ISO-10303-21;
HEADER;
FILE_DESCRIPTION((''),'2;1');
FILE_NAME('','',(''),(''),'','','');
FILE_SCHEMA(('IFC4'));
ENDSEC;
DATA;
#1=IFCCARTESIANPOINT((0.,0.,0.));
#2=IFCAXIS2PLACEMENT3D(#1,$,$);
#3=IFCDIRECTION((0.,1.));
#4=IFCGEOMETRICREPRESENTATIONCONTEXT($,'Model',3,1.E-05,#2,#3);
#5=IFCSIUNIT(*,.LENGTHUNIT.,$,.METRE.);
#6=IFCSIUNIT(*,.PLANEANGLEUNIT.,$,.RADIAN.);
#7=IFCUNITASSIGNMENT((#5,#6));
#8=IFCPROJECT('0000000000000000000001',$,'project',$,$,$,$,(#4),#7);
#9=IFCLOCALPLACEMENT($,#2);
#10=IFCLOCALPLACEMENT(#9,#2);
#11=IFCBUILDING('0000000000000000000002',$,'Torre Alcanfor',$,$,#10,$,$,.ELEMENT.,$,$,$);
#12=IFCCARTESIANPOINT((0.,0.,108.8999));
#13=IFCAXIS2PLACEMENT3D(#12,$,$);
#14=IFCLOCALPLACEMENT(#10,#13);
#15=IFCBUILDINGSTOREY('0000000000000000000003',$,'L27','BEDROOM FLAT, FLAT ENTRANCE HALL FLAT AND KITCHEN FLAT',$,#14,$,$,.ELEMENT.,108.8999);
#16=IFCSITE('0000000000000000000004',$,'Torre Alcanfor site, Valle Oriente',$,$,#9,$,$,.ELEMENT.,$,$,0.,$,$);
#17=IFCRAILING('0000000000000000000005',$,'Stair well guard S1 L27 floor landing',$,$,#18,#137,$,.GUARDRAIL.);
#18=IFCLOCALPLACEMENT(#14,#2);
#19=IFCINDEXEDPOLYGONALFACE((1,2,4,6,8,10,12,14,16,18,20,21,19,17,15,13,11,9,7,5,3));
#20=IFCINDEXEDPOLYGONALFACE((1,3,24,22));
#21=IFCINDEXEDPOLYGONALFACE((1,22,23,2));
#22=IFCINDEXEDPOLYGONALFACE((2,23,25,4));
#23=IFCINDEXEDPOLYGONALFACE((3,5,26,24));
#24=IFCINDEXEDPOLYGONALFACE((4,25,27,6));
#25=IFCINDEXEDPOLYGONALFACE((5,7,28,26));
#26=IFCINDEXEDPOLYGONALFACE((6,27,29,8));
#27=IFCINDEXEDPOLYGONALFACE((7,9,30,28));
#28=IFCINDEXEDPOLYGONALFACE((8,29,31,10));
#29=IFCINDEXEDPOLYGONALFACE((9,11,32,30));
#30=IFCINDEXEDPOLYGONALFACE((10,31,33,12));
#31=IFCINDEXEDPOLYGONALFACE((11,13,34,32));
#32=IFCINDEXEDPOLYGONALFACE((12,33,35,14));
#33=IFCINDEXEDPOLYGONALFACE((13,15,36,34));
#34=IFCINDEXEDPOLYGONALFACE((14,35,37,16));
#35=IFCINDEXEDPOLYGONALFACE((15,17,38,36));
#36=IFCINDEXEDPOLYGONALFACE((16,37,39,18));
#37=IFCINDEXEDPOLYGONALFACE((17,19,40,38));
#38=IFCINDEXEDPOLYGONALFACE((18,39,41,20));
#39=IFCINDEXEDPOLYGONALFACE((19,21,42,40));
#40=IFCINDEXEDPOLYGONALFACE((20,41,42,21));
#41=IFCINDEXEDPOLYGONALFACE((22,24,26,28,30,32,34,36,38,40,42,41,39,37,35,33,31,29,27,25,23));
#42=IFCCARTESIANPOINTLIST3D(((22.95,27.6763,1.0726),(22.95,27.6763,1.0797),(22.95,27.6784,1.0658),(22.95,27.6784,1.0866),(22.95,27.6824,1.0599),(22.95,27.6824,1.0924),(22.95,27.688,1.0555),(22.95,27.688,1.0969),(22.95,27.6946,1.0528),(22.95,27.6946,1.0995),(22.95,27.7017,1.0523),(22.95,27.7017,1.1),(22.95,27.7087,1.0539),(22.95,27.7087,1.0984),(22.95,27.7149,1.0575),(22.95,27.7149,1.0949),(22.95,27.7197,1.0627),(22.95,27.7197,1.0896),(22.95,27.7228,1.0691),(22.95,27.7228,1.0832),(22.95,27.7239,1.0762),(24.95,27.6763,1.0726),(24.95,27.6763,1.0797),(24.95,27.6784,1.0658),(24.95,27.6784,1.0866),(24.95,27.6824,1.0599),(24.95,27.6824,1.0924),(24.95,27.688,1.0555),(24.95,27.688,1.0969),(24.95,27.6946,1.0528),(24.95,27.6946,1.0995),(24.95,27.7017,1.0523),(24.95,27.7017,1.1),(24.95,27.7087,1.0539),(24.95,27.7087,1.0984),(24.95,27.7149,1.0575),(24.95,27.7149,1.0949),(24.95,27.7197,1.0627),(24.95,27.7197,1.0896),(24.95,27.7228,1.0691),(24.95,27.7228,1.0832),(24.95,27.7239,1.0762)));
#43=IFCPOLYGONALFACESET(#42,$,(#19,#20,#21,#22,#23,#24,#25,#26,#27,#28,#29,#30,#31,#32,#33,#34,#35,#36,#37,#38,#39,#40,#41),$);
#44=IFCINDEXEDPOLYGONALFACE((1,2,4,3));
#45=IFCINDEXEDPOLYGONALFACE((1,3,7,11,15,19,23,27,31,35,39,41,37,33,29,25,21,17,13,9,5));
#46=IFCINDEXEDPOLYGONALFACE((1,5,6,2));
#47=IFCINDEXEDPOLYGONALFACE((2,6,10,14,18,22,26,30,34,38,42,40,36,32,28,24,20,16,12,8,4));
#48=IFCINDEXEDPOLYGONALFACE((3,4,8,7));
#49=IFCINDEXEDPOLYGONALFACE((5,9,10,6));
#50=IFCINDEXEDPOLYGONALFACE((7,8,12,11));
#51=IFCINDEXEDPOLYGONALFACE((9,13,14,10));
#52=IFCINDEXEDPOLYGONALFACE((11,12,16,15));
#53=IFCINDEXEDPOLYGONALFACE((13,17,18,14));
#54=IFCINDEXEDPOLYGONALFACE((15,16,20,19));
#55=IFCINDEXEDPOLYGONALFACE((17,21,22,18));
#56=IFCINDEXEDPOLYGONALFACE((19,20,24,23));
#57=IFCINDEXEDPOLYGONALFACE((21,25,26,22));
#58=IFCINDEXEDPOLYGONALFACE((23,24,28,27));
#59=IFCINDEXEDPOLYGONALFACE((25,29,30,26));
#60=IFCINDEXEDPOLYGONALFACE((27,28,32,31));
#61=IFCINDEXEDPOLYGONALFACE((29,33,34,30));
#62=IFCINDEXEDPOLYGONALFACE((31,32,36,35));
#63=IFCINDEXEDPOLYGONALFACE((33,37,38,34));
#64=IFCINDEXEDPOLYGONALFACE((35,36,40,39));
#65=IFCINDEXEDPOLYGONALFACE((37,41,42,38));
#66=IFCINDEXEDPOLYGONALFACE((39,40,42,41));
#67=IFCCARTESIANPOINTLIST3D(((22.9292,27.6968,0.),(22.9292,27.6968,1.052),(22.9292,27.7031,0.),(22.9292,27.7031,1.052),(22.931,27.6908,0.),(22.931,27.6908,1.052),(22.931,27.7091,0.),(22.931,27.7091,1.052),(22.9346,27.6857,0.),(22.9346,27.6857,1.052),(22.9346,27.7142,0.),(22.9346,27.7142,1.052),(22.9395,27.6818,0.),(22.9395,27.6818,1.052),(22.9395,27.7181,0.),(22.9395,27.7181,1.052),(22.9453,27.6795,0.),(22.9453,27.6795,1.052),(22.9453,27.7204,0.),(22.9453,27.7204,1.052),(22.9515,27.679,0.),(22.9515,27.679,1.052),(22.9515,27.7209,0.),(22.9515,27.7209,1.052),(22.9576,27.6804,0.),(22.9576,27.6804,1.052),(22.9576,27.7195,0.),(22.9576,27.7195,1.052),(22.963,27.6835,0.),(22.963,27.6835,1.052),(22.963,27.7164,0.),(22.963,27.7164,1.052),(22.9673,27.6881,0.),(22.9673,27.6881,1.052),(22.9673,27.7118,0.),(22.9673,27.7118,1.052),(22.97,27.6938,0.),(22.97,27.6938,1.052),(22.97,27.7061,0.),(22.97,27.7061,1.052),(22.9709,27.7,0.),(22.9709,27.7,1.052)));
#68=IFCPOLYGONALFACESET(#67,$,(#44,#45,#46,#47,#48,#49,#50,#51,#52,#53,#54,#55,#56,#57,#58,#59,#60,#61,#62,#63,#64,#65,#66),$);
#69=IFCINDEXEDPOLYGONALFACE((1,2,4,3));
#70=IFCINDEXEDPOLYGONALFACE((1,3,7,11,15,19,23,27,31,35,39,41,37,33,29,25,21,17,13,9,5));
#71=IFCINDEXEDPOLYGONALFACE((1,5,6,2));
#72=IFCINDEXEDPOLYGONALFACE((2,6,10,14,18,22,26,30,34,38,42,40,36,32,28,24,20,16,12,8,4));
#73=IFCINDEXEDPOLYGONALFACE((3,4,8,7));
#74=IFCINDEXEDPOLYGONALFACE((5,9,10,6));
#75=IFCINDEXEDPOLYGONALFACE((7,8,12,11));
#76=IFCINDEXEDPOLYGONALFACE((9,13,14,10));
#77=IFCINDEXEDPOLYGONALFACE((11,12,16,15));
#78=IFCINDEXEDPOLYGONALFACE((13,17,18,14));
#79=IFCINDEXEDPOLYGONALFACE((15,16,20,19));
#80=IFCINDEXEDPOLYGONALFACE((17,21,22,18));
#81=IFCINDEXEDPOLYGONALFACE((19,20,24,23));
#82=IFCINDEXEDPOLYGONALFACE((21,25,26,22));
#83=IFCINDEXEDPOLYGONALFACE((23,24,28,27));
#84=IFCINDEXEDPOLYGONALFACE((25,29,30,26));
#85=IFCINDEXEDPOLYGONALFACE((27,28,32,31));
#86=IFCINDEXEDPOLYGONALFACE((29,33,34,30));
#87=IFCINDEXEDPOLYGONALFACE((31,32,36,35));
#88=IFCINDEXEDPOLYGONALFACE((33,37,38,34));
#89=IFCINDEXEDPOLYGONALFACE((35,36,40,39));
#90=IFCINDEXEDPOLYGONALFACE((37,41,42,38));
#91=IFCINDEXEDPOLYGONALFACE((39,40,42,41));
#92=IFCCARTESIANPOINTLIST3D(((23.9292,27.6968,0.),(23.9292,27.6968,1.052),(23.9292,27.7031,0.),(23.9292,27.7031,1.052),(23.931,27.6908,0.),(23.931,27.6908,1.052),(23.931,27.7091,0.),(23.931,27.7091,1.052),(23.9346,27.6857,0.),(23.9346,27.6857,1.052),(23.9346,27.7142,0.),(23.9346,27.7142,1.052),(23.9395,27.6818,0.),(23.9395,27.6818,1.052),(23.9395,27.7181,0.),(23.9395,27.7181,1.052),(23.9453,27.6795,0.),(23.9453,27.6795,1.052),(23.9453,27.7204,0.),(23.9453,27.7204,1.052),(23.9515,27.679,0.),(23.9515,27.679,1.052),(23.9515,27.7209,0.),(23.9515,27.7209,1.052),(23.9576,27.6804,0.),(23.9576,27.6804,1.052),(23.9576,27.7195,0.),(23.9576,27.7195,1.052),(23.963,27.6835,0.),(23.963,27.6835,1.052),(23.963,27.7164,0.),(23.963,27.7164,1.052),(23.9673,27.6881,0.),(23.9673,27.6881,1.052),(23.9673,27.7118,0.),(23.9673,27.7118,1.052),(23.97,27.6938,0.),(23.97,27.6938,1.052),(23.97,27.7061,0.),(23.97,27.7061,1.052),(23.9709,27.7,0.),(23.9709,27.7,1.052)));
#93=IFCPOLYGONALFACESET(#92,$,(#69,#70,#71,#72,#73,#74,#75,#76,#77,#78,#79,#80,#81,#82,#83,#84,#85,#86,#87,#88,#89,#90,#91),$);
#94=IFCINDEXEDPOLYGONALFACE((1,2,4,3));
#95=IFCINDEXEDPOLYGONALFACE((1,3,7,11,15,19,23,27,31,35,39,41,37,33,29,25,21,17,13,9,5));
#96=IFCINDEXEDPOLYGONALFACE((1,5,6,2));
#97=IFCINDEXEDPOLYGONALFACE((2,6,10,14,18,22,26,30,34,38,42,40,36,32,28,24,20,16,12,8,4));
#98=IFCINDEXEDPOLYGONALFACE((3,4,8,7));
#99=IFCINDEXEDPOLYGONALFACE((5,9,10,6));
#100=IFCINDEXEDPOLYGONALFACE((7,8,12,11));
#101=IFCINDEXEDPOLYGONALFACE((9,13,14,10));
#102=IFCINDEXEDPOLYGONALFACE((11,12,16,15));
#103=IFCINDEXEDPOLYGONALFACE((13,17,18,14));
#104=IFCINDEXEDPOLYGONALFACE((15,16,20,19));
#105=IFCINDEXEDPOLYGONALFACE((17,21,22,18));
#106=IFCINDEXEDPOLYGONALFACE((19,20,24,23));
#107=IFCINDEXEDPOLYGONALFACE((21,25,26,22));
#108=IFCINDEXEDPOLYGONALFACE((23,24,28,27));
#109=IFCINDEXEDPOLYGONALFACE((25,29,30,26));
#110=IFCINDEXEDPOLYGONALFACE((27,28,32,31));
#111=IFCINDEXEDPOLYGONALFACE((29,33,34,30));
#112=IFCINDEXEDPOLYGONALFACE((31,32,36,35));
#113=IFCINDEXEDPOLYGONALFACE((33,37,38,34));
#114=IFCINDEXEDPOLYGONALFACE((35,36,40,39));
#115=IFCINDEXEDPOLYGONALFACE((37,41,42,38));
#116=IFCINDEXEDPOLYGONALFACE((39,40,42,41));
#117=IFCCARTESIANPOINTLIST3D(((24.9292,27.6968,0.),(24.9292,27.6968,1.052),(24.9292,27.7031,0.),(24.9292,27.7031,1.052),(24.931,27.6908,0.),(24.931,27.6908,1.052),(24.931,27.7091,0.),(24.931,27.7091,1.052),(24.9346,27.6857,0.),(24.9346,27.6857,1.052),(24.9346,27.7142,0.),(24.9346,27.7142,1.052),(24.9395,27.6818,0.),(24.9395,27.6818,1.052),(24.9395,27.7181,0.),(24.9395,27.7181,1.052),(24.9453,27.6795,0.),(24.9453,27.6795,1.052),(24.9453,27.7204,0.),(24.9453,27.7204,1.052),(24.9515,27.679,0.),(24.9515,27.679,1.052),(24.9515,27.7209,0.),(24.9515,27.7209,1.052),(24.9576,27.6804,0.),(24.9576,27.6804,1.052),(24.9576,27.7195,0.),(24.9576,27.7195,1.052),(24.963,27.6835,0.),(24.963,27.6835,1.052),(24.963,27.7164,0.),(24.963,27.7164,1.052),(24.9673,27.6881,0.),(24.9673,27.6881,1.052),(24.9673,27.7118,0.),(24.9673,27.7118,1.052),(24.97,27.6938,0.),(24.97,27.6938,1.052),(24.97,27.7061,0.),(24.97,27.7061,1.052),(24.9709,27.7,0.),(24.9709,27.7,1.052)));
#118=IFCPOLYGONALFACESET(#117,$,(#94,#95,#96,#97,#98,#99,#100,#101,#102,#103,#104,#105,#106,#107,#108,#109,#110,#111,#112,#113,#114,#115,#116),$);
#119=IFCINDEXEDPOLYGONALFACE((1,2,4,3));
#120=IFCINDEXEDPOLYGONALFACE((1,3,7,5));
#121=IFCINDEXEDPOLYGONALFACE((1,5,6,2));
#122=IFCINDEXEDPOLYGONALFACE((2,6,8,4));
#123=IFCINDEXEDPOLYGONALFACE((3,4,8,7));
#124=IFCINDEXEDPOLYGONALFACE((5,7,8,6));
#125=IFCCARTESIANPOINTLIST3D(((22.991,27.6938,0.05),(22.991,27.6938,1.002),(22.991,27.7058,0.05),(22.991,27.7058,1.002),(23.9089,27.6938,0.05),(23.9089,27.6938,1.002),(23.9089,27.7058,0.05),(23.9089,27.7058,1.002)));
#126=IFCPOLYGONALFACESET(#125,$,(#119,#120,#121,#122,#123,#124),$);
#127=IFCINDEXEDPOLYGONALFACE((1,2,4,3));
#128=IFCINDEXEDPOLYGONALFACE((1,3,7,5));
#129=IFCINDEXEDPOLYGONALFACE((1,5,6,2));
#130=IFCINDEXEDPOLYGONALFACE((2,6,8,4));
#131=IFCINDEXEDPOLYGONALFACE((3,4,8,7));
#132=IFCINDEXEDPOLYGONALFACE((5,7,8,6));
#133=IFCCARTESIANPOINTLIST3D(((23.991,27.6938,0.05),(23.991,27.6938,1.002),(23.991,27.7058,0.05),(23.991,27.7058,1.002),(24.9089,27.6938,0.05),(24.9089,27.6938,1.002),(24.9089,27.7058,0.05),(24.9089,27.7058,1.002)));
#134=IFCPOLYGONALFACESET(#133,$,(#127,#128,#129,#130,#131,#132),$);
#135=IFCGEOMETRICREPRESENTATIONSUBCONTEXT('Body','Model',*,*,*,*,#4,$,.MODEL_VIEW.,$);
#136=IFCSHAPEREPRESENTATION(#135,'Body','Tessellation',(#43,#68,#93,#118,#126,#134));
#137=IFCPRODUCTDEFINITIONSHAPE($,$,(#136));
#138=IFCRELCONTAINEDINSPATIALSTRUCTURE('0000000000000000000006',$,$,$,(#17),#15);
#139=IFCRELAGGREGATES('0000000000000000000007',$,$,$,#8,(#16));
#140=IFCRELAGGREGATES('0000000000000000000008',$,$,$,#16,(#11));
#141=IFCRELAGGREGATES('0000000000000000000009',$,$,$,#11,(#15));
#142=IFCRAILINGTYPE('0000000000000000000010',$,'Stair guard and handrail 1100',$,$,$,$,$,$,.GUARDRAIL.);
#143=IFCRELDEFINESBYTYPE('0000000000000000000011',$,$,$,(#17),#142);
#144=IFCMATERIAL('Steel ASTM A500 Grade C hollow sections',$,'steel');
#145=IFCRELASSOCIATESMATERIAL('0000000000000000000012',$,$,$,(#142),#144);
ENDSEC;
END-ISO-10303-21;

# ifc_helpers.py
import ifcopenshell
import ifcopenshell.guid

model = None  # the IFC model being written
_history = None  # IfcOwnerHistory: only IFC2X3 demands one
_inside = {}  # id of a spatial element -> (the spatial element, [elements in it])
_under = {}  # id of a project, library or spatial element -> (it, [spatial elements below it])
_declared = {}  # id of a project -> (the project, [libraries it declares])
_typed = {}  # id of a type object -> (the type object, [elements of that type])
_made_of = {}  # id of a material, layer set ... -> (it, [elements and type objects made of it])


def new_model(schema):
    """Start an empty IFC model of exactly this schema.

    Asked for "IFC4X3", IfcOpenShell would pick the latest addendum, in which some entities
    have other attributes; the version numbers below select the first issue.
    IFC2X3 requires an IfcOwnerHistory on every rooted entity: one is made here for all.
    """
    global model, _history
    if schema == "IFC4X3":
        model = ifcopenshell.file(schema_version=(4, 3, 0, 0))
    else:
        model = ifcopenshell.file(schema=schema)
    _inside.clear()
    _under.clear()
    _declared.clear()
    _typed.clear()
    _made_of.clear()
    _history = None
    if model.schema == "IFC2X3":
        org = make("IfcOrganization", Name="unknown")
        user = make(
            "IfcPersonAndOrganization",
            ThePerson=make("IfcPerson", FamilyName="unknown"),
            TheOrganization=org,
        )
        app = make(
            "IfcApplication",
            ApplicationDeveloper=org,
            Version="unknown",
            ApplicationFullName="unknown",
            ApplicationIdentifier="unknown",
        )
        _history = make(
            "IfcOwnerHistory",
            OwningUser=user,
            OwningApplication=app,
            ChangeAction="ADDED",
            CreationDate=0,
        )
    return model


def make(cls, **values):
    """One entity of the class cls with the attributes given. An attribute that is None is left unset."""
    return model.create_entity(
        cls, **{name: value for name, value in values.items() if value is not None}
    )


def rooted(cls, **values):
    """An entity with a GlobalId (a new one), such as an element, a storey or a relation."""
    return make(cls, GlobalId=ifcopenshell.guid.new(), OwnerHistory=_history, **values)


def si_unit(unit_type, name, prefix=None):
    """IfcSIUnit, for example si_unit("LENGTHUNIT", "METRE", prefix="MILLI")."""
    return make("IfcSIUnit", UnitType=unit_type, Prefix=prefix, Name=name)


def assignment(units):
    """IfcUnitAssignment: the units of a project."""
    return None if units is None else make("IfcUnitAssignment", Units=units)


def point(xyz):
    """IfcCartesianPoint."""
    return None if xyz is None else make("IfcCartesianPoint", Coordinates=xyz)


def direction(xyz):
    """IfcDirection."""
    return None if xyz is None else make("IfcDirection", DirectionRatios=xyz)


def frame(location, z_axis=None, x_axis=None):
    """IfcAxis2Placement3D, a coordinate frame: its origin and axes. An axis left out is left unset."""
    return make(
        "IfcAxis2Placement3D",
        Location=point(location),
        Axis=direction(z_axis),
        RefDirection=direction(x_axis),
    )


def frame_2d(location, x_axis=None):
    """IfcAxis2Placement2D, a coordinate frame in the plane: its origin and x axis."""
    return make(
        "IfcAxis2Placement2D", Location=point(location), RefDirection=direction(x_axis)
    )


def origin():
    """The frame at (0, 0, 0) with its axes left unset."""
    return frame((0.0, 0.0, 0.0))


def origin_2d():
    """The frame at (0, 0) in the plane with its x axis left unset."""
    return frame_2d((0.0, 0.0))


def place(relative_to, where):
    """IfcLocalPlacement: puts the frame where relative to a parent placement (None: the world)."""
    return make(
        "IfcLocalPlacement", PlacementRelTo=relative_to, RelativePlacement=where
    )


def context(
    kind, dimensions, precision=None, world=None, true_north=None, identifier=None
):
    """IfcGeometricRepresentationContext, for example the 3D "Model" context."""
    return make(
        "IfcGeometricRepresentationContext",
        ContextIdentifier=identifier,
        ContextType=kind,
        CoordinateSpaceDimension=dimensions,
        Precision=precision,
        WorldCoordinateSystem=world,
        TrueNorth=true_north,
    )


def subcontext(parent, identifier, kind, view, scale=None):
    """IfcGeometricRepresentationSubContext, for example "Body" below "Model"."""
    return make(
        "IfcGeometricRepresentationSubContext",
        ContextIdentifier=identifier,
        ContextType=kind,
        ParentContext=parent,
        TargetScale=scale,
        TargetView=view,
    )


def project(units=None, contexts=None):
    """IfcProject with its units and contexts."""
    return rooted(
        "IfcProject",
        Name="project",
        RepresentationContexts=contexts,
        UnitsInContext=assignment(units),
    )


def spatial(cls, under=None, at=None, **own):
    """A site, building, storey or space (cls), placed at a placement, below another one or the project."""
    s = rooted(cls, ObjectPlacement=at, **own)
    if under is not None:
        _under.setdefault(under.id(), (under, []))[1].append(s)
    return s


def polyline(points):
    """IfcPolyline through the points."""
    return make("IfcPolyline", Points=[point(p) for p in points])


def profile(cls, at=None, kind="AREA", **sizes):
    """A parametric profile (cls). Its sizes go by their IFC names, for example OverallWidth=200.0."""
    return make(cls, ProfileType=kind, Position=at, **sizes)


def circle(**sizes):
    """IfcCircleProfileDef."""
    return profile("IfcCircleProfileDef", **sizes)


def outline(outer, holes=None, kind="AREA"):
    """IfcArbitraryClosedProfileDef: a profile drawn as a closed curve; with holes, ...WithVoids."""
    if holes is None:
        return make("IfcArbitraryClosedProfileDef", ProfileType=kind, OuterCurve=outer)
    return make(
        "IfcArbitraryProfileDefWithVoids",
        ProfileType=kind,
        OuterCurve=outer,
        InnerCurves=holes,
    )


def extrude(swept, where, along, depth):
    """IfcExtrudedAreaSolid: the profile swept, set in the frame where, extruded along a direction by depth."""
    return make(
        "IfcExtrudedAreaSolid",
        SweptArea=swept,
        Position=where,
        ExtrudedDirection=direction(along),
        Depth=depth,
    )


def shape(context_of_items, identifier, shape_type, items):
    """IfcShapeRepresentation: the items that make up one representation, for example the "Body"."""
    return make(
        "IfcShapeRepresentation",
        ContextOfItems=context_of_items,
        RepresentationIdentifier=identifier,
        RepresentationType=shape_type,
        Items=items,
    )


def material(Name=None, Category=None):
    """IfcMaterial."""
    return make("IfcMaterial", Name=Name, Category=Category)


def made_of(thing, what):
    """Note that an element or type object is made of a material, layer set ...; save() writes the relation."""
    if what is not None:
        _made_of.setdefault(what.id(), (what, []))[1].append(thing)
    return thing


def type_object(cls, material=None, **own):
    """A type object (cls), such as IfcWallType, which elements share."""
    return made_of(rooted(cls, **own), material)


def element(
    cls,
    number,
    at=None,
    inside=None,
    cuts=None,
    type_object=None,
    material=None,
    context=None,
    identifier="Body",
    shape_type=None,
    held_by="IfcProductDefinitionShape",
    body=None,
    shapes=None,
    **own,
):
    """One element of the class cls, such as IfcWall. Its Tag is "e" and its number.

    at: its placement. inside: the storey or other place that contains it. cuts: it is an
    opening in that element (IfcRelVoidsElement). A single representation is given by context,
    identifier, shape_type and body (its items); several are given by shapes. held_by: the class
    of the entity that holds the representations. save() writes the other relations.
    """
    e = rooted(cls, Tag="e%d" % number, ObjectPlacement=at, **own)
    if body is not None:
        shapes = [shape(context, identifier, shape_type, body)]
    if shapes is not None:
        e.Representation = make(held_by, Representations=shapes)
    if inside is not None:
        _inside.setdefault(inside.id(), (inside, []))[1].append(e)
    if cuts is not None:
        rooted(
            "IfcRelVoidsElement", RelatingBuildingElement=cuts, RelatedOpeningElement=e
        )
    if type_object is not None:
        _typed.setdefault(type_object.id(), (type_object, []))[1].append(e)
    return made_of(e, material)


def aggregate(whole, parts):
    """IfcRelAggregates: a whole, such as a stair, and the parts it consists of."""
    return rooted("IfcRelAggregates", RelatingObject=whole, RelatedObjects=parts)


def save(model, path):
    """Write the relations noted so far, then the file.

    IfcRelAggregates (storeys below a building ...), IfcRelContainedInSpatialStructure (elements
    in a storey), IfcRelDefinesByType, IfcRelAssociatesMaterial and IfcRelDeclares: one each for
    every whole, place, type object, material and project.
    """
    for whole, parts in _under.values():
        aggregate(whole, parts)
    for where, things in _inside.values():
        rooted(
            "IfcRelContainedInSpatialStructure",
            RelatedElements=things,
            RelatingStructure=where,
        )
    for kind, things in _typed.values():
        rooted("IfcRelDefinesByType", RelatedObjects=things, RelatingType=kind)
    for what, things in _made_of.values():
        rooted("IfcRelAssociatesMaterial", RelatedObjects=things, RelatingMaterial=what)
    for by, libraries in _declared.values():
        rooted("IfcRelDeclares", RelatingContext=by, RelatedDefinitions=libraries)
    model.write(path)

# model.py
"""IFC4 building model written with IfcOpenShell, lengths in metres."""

from ifc_helpers import new_model, si_unit, direction, frame, origin, origin_2d, place, context, subcontext, project, spatial, polyline, circle, outline, extrude, material, type_object, element, save


model = new_model("IFC4")

# Units and contexts
model_context = context("Model", 3, precision=1e-05, world=origin(), true_north=direction((0.0, 1.0)))
body_context = subcontext(model_context, "Body", "Model", "MODEL_VIEW")
ifc_project = project(units=[si_unit("LENGTHUNIT", "METRE"), si_unit("PLANEANGLEUNIT", "RADIAN")], contexts=[model_context])

# Site, building, storey
site_placement = place(None, origin())
site = spatial("IfcSite", under=ifc_project, at=site_placement, Name="Torre Alcanfor site, Valle Oriente", CompositionType="ELEMENT", RefElevation=0.0)
building_placement = place(site_placement, origin())
building = spatial("IfcBuilding", under=site, at=building_placement, Name="Torre Alcanfor", CompositionType="ELEMENT")
storey_placement = place(building_placement, frame((0.0, 0.0, 108.8999)))
storey = spatial("IfcBuildingStorey", under=building, at=storey_placement, Name="L27", Description="BEDROOM FLAT, FLAT ENTRANCE HALL FLAT AND KITCHEN FLAT", CompositionType="ELEMENT", Elevation=108.8999)

# Railing
ifc_material_1 = material(Name="Steel ASTM A500 Grade C hollow sections", Category="steel")
railing_type_1 = type_object("IfcRailingType", Name="Stair guard and handrail 1100", PredefinedType="GUARDRAIL", material=ifc_material_1)
railing_1_placement = place(storey_placement, frame((22.95, 27.7, 0.0)))
element("IfcRailing", 1, at=railing_1_placement, inside=storey, type_object=railing_type_1, Name="Stair well guard S1 L27 floor landing", PredefinedType="GUARDRAIL", context=body_context, shape_type="SweptSolid", body=[
    extrude(circle(Radius=0.0239, at=origin_2d()), frame((0.0, 0.0, 1.0762), z_axis=(1.0, 0.0, 0.0), x_axis=(0.0, 1.0, 0.0)), (0.0, 0.0, 1.0), 2.0),
    extrude(circle(Radius=0.021, at=origin_2d()), origin(), (0.0, 0.0, 1.0), 1.052),
    extrude(circle(Radius=0.021, at=origin_2d()), frame((1.0, 0.0, 0.0)), (0.0, 0.0, 1.0), 1.052),
    extrude(circle(Radius=0.021, at=origin_2d()), frame((2.0, 0.0, 0.0)), (0.0, 0.0, 1.0), 1.052),
    extrude(outline(polyline([(0.041, 0.05), (0.959, 0.05), (0.959, 1.002), (0.041, 1.002), (0.041, 0.05)])), frame((0.0, 0.0059, 0.0), z_axis=(0.0, -1.0, 0.0), x_axis=(1.0, 0.0, 0.0)), (0.0, 0.0, 1.0), 0.012),
    extrude(outline(polyline([(1.041, 0.05), (1.959, 0.05), (1.959, 1.002), (1.041, 1.002), (1.041, 0.05)])), frame((0.0, 0.0059, 0.0), z_axis=(0.0, -1.0, 0.0), x_axis=(1.0, 0.0, 0.0)), (0.0, 0.0, 1.0), 0.012),
])

save(model, "model.ifc")
